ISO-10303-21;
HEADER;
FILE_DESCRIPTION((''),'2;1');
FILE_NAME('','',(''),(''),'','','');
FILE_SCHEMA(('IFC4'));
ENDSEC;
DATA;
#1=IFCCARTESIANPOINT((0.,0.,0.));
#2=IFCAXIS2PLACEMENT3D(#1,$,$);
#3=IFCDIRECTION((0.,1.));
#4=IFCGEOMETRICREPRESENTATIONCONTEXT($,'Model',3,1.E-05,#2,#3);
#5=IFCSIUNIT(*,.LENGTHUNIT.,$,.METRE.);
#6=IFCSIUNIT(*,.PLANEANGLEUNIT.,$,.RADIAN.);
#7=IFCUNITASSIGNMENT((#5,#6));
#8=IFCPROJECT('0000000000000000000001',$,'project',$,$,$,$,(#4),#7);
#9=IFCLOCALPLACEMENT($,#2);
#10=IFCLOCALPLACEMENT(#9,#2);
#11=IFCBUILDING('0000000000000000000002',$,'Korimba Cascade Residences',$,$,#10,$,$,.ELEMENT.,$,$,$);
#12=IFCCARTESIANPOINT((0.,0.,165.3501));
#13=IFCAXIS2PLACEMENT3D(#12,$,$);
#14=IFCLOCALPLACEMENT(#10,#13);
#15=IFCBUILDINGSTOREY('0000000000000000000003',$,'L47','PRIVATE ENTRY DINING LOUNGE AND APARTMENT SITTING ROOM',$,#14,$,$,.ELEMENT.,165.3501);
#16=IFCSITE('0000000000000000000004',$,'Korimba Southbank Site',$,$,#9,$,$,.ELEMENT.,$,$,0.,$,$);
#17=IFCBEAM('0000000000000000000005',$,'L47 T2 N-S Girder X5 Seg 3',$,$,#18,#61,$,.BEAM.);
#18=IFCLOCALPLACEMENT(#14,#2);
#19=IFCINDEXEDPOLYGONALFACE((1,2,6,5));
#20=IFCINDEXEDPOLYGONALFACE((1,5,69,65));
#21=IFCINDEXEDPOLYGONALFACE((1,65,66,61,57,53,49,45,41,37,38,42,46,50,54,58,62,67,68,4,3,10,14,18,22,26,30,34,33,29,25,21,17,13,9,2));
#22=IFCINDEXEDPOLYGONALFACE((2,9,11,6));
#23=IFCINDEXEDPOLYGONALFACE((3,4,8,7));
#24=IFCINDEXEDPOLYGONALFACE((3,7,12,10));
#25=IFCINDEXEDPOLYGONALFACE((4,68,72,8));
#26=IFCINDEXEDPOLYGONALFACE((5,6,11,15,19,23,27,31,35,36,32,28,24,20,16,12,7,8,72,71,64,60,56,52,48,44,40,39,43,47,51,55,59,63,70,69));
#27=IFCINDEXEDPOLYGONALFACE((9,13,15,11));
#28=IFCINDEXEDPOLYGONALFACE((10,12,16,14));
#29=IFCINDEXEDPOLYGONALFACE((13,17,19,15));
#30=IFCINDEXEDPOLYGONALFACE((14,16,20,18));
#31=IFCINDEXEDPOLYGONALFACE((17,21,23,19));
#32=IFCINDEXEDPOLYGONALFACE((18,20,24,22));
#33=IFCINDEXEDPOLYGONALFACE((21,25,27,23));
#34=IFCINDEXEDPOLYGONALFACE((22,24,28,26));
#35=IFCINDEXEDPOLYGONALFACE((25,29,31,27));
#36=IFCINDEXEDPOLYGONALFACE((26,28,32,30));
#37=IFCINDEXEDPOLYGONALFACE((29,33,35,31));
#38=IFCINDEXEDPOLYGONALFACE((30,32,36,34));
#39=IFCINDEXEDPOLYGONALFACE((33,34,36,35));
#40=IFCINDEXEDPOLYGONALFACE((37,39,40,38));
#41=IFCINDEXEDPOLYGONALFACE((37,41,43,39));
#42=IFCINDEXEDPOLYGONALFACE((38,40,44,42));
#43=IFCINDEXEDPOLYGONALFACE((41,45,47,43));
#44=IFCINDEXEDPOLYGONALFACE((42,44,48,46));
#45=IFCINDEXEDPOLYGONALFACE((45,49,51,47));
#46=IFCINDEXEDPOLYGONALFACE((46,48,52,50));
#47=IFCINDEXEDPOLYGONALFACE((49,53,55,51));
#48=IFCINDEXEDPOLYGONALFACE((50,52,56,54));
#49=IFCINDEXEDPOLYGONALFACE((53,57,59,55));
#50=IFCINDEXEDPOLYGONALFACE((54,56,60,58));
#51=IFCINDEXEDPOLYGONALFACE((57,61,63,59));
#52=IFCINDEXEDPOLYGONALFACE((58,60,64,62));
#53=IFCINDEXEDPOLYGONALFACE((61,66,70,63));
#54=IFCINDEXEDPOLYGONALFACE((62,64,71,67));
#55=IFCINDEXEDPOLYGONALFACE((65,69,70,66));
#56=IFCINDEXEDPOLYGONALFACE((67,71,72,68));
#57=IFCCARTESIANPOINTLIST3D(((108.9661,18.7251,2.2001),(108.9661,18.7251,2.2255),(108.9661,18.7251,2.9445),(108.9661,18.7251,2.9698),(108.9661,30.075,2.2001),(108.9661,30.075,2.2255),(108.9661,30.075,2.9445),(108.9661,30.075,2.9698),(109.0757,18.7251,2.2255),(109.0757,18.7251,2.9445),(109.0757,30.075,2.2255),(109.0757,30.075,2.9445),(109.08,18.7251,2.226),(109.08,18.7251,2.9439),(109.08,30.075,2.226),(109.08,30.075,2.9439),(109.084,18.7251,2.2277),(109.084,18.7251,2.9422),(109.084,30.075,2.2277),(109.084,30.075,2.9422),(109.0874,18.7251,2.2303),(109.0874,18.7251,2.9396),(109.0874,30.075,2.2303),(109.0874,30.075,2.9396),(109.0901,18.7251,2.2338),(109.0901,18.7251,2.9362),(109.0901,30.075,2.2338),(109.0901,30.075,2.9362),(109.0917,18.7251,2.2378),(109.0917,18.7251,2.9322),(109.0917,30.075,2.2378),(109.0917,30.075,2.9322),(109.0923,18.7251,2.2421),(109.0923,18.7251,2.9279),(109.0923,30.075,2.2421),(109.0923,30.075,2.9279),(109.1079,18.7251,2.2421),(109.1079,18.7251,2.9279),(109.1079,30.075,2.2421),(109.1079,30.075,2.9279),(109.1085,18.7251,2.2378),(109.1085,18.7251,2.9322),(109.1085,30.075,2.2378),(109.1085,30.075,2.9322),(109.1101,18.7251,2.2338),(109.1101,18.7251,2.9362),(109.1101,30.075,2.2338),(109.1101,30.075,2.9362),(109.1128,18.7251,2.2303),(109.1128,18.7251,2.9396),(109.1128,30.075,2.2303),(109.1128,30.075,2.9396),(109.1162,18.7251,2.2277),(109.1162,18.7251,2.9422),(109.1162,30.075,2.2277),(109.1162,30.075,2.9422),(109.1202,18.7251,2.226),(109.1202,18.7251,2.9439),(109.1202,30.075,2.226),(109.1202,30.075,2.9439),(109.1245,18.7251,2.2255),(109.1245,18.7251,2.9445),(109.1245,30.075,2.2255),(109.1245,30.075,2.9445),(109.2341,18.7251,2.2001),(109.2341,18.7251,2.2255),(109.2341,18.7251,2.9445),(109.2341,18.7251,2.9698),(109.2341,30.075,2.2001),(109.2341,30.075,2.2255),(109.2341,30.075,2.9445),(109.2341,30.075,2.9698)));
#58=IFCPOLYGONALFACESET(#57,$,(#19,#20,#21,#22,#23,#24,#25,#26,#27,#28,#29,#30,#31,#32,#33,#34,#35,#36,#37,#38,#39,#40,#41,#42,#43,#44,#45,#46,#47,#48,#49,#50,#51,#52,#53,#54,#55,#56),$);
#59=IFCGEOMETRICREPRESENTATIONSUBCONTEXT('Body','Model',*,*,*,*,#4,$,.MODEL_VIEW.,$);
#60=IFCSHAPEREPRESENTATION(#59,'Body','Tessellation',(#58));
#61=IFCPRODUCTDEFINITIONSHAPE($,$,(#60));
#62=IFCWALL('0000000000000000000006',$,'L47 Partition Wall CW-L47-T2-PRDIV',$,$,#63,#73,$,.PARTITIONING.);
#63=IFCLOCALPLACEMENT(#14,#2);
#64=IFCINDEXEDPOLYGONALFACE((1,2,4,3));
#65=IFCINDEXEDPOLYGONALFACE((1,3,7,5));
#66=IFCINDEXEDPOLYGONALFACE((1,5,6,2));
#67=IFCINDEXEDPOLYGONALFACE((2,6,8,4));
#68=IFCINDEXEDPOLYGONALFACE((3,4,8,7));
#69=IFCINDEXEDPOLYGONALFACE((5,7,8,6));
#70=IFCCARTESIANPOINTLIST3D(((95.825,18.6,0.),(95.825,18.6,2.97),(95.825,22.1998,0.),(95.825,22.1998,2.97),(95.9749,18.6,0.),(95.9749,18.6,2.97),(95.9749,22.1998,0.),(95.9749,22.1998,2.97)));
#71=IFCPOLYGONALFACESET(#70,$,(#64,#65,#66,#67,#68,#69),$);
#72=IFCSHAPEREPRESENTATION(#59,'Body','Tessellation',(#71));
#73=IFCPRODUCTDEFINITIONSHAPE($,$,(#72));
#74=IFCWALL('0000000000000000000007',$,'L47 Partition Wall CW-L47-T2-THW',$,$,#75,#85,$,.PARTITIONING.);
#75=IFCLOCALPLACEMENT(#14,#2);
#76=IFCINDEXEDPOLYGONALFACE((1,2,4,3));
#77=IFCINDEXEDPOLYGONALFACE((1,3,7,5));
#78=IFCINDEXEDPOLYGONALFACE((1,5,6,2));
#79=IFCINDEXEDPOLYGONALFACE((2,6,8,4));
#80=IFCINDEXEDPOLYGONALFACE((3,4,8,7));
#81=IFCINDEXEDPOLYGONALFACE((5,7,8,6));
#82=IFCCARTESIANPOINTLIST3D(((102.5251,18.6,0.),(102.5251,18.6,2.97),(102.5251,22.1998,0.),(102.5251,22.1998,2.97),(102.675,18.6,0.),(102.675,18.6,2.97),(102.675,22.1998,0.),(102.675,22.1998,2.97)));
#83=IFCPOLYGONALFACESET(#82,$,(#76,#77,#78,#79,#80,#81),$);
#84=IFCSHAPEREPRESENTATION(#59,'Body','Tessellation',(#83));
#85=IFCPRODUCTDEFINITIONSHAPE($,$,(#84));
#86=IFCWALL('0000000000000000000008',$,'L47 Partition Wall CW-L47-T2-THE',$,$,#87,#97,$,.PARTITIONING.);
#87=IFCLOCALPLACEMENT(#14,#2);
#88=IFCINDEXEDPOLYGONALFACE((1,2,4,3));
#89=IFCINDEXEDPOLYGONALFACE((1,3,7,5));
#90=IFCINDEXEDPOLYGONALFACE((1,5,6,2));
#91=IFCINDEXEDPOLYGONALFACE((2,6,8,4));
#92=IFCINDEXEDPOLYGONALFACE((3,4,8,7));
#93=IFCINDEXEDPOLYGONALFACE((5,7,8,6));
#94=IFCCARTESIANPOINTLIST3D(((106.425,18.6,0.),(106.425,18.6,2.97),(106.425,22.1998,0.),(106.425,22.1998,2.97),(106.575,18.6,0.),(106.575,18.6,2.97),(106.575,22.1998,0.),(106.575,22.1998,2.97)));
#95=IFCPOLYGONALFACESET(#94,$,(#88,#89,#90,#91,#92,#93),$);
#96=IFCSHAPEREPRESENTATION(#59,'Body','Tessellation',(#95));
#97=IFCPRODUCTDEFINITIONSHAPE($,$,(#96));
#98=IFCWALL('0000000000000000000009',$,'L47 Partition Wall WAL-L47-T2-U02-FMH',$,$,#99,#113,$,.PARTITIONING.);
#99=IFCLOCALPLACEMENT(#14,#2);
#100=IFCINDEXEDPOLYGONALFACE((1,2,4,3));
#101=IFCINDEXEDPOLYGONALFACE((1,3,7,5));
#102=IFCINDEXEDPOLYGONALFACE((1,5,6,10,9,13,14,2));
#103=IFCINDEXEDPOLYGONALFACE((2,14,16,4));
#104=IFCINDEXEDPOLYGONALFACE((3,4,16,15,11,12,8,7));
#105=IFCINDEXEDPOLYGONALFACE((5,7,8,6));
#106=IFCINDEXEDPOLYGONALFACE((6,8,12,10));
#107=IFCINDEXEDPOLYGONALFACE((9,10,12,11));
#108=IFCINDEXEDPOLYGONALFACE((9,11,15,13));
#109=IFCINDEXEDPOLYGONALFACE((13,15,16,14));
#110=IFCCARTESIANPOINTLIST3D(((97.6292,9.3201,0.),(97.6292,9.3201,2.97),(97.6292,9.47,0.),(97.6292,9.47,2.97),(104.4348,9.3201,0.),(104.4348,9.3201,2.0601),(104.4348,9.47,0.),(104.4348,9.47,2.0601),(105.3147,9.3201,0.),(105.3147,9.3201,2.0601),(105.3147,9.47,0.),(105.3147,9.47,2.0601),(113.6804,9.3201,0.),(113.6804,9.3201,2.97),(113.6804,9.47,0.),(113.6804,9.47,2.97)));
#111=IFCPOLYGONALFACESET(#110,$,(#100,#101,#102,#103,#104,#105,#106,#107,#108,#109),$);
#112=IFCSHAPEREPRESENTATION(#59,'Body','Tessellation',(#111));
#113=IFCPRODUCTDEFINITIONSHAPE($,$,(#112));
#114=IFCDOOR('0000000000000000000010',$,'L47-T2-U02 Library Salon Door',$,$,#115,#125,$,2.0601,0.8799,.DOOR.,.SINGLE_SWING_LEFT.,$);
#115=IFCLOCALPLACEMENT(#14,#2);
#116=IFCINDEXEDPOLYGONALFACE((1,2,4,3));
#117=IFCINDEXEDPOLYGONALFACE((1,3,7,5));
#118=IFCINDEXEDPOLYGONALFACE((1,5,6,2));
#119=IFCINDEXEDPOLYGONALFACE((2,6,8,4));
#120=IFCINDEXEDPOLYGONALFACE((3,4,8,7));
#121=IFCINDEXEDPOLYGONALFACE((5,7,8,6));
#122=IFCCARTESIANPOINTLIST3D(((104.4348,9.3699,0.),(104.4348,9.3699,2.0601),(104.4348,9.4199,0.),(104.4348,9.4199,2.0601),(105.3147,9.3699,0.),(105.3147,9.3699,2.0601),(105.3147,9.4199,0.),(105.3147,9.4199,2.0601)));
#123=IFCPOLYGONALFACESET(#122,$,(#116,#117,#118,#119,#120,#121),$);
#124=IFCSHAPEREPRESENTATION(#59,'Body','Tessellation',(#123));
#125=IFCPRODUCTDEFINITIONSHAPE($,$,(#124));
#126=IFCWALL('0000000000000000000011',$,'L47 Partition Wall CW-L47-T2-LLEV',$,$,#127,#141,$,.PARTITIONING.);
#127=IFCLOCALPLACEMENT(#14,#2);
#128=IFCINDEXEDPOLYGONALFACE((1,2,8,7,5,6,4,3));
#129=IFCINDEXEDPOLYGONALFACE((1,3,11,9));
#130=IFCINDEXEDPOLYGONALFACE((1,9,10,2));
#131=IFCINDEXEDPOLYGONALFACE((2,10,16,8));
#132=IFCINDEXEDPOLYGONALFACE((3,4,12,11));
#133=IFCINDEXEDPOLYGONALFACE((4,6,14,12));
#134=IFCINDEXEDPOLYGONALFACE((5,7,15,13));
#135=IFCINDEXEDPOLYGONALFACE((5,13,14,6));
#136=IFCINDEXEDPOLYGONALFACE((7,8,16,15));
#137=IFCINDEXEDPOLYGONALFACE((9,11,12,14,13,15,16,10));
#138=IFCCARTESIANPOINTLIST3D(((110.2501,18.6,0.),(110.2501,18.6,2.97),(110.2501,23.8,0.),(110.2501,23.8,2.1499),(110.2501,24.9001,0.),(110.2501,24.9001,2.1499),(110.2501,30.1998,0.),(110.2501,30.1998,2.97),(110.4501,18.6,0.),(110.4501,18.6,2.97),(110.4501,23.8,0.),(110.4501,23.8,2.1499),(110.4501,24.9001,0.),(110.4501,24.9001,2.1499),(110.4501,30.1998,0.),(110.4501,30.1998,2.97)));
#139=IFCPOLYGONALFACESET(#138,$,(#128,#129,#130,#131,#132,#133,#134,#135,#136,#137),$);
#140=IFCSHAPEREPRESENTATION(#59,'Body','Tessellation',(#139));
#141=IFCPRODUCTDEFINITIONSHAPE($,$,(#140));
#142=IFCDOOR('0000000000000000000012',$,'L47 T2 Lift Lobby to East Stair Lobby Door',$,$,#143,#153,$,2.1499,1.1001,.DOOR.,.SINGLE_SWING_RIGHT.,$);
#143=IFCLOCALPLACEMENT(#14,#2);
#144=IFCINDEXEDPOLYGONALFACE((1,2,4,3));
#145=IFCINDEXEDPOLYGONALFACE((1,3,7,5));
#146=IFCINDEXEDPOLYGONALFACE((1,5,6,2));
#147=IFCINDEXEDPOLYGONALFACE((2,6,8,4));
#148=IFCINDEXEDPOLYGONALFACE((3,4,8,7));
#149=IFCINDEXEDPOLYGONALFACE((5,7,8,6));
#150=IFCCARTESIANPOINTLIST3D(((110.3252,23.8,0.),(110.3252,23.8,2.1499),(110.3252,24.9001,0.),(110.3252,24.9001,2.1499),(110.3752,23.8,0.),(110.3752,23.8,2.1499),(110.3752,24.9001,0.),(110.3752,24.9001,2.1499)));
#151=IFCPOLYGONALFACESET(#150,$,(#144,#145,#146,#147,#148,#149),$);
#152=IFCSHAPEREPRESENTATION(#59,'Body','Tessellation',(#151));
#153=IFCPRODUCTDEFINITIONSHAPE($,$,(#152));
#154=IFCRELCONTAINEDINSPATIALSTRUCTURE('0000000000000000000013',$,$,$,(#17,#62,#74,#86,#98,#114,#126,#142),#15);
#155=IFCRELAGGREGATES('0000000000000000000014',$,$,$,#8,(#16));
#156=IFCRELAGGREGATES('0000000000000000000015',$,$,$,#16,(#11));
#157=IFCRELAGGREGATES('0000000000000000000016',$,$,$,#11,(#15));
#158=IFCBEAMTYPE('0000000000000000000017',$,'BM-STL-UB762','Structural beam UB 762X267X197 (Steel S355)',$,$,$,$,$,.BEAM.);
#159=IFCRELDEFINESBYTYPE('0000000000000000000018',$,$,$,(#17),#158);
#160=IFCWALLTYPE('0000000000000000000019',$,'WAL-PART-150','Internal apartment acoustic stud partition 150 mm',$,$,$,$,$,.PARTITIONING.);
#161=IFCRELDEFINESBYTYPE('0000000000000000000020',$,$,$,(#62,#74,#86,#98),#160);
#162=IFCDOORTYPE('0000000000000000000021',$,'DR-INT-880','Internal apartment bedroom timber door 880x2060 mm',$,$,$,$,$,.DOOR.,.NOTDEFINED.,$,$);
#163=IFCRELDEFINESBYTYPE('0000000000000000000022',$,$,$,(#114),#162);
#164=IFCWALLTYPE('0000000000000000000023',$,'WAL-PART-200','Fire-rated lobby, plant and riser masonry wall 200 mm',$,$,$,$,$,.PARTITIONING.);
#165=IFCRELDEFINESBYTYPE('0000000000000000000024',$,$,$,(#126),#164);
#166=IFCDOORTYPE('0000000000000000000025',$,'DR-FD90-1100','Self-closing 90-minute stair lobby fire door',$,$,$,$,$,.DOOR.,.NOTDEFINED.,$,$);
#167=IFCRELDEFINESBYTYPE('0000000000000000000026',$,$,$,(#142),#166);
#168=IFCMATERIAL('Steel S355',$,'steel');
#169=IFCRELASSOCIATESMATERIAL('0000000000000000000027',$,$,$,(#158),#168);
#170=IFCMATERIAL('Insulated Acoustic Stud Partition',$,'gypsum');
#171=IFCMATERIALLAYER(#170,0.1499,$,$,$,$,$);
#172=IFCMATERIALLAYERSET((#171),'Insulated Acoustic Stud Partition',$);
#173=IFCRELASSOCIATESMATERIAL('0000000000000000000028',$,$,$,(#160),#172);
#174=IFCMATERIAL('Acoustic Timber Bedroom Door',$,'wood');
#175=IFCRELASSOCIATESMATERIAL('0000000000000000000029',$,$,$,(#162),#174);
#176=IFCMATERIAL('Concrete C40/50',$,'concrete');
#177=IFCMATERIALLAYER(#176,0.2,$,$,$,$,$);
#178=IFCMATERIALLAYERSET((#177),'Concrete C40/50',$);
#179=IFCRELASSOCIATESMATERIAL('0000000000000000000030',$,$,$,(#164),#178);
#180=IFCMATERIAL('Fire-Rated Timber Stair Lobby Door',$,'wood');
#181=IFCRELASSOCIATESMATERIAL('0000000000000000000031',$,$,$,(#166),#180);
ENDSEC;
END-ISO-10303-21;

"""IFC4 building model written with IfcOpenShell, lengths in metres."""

from ifc_helpers import new_model, si_unit, direction, frame, frame_2d, origin, origin_2d, place, context, subcontext, project, spatial, rectangle, i_section, extrude, material, layer, layer_set, material_profile, profile_set, type_object, element, fill, save


model = new_model("IFC4")

# Units and contexts
model_context = context("Model", 3, precision=1e-05, world=origin(), true_north=direction((0.0, 1.0)))
body_context = subcontext(model_context, "Body", "Model", "MODEL_VIEW")
ifc_project = project(units=[si_unit("LENGTHUNIT", "METRE"), si_unit("PLANEANGLEUNIT", "RADIAN")], contexts=[model_context])

# Site, building, storey
site_placement = place(None, origin())
site = spatial("IfcSite", under=ifc_project, at=site_placement, Name="Korimba Southbank Site", CompositionType="ELEMENT", RefElevation=0.0)
building_placement = place(site_placement, origin())
building = spatial("IfcBuilding", under=site, at=building_placement, Name="Korimba Cascade Residences", CompositionType="ELEMENT")
storey_placement = place(building_placement, frame((0.0, 0.0, 165.3501)))
storey = spatial("IfcBuildingStorey", under=building, at=storey_placement, Name="L47", Description="PRIVATE ENTRY DINING LOUNGE AND APARTMENT SITTING ROOM", CompositionType="ELEMENT", Elevation=165.3501)

# Beam
ifc_material_1 = material(Name="Steel S355", Category="steel")
ifc_material_profile_1 = material_profile(ifc_material_1, i_section(OverallWidth=0.2681, OverallDepth=0.7698, WebThickness=0.0156, FlangeThickness=0.0254, FilletRadius=0.0166, at=origin_2d()), Name="Steel S355")
ifc_profile_set_1 = profile_set([ifc_material_profile_1], Name="Steel S355")
beam_type = type_object("IfcBeamType", Name="BM-STL-UB762", Description="Structural beam UB 762X267X197 (Steel S355)", PredefinedType="BEAM", material=ifc_profile_set_1)
beam_1_placement = place(storey_placement, frame((109.1001, 18.7251, 2.585), z_axis=(0.0, 1.0, 0.0), x_axis=(-1.0, 0.0, 0.0)))
element("IfcBeam", 1, at=beam_1_placement, inside=storey, type_object=beam_type, Name="L47 T2 N-S Girder X5 Seg 3", PredefinedType="BEAM", context=body_context, shape_type="SweptSolid", body=[
    extrude(i_section(OverallWidth=0.2681, OverallDepth=0.7698, WebThickness=0.0156, FlangeThickness=0.0254, FilletRadius=0.0166, at=origin_2d()), origin(), (0.0, 0.0, 1.0), 11.3499),
])

# Walls
ifc_material_2 = material(Name="Insulated Acoustic Stud Partition", Category="gypsum")
ifc_layer_1 = layer(ifc_material_2, 0.1499)
ifc_layer_set_1 = layer_set([ifc_layer_1], Name="Insulated Acoustic Stud Partition")
wall_type_1 = type_object("IfcWallType", Name="WAL-PART-150", Description="Internal apartment acoustic stud partition 150 mm", PredefinedType="PARTITIONING", material=ifc_layer_set_1)
for number, where, z_axis, x_axis, name in (
    (2, (95.8999, 18.6001, 0.0), (0.0, 0.0, 1.0), (0.0, 1.0, 0.0), "L47 Partition Wall CW-L47-T2-PRDIV"),
    (3, (102.6001, 18.6001, 0.0), (0.0, 0.0, 1.0), (0.0, 1.0, 0.0), "L47 Partition Wall CW-L47-T2-THW"),
    (4, (106.5, 18.6001, 0.0), (0.0, 0.0, 1.0), (0.0, 1.0, 0.0), "L47 Partition Wall CW-L47-T2-THE"),
):
    element("IfcWall", number, at=place(storey_placement, frame(where, z_axis=z_axis, x_axis=x_axis)), inside=storey, type_object=wall_type_1, Name=name, PredefinedType="PARTITIONING", context=body_context, shape_type="SweptSolid", body=[
        extrude(rectangle(XDim=3.5999, YDim=0.1499, at=frame_2d((1.7998, 0.0))), origin(), (0.0, 0.0, 1.0), 2.97),
    ])

# Walls, openings, doors
wall_1_placement = place(storey_placement, frame((97.6292, 9.395, 0.0), z_axis=(0.0, 0.0, 1.0), x_axis=(1.0, 0.0, 0.0)))
wall_1 = element("IfcWall", 5, at=wall_1_placement, inside=storey, type_object=wall_type_1, Name="L47 Partition Wall WAL-L47-T2-U02-FMH", PredefinedType="PARTITIONING", context=body_context, shape_type="SweptSolid", body=[
    extrude(rectangle(XDim=16.0513, YDim=0.1499, at=frame_2d((8.0256, 0.0))), origin(), (0.0, 0.0, 1.0), 2.97),
])
opening_1_placement = place(wall_1_placement, frame((6.8057, 0.0, 0.0)))
opening_1 = element("IfcOpeningElement", 6, at=opening_1_placement, cuts=wall_1, PredefinedType="OPENING", context=body_context, shape_type="SweptSolid", body=[
    extrude(rectangle(XDim=0.8799, YDim=2.0601, at=frame_2d((0.4399, 1.03))), frame((0.0, 0.085, 0.0), z_axis=(0.0, -1.0, 0.0), x_axis=(1.0, 0.0, 0.0)), (0.0, 0.0, 1.0), 0.1699),
])
ifc_material_3 = material(Name="Acoustic Timber Bedroom Door", Category="wood")
door_type_1 = type_object("IfcDoorType", Name="DR-INT-880", Description="Internal apartment bedroom timber door 880x2060 mm", OperationType="NOTDEFINED", PredefinedType="DOOR", material=ifc_material_3)
door_1_placement = place(opening_1_placement, origin())
door_1 = element("IfcDoor", 7, at=door_1_placement, inside=storey, type_object=door_type_1, Name="L47-T2-U02 Library Salon Door", OperationType="SINGLE_SWING_LEFT", OverallHeight=2.0601, OverallWidth=0.8799, PredefinedType="DOOR", context=body_context, shape_type="SweptSolid", body=[
    extrude(rectangle(XDim=0.8799, YDim=2.0601, at=frame_2d((0.4399, 1.03))), frame((0.0, 0.0249, 0.0), z_axis=(0.0, -1.0, 0.0), x_axis=(1.0, 0.0, 0.0)), (0.0, 0.0, 1.0), 0.05),
])
fill(opening_1, door_1)
ifc_material_4 = material(Name="Concrete C40/50", Category="concrete")
ifc_layer_2 = layer(ifc_material_4, 0.2)
ifc_layer_set_2 = layer_set([ifc_layer_2], Name="Concrete C40/50")
wall_type_2 = type_object("IfcWallType", Name="WAL-PART-200", Description="Fire-rated lobby, plant and riser masonry wall 200 mm", PredefinedType="PARTITIONING", material=ifc_layer_set_2)
wall_2_placement = place(storey_placement, frame((110.3501, 18.6001, 0.0), z_axis=(0.0, 0.0, 1.0), x_axis=(0.0, 1.0, 0.0)))
wall_2 = element("IfcWall", 8, at=wall_2_placement, inside=storey, type_object=wall_type_2, Name="L47 Partition Wall CW-L47-T2-LLEV", PredefinedType="PARTITIONING", context=body_context, shape_type="SweptSolid", body=[
    extrude(rectangle(XDim=11.5999, YDim=0.2, at=frame_2d((5.7998, 0.0))), origin(), (0.0, 0.0, 1.0), 2.97),
])
opening_2_placement = place(wall_2_placement, frame((5.2, 0.0, 0.0)))
opening_2 = element("IfcOpeningElement", 9, at=opening_2_placement, cuts=wall_2, PredefinedType="OPENING", context=body_context, shape_type="SweptSolid", body=[
    extrude(rectangle(XDim=1.1001, YDim=2.1499, at=frame_2d((0.55, 1.075))), frame((0.0, 0.1099, 0.0), z_axis=(0.0, -1.0, 0.0), x_axis=(1.0, 0.0, 0.0)), (0.0, 0.0, 1.0), 0.22),
])
ifc_material_5 = material(Name="Fire-Rated Timber Stair Lobby Door", Category="wood")
door_type_2 = type_object("IfcDoorType", Name="DR-FD90-1100", Description="Self-closing 90-minute stair lobby fire door", OperationType="NOTDEFINED", PredefinedType="DOOR", material=ifc_material_5)
door_2_placement = place(opening_2_placement, origin())
door_2 = element("IfcDoor", 10, at=door_2_placement, inside=storey, type_object=door_type_2, Name="L47 T2 Lift Lobby to East Stair Lobby Door", OperationType="SINGLE_SWING_RIGHT", OverallHeight=2.1499, OverallWidth=1.1001, PredefinedType="DOOR", context=body_context, shape_type="SweptSolid", body=[
    extrude(rectangle(XDim=1.1001, YDim=2.1499, at=frame_2d((0.55, 1.075))), frame((0.0, 0.0249, 0.0), z_axis=(0.0, -1.0, 0.0), x_axis=(1.0, 0.0, 0.0)), (0.0, 0.0, 1.0), 0.05),
])
fill(opening_2, door_2)

save(model, "model.ifc")
